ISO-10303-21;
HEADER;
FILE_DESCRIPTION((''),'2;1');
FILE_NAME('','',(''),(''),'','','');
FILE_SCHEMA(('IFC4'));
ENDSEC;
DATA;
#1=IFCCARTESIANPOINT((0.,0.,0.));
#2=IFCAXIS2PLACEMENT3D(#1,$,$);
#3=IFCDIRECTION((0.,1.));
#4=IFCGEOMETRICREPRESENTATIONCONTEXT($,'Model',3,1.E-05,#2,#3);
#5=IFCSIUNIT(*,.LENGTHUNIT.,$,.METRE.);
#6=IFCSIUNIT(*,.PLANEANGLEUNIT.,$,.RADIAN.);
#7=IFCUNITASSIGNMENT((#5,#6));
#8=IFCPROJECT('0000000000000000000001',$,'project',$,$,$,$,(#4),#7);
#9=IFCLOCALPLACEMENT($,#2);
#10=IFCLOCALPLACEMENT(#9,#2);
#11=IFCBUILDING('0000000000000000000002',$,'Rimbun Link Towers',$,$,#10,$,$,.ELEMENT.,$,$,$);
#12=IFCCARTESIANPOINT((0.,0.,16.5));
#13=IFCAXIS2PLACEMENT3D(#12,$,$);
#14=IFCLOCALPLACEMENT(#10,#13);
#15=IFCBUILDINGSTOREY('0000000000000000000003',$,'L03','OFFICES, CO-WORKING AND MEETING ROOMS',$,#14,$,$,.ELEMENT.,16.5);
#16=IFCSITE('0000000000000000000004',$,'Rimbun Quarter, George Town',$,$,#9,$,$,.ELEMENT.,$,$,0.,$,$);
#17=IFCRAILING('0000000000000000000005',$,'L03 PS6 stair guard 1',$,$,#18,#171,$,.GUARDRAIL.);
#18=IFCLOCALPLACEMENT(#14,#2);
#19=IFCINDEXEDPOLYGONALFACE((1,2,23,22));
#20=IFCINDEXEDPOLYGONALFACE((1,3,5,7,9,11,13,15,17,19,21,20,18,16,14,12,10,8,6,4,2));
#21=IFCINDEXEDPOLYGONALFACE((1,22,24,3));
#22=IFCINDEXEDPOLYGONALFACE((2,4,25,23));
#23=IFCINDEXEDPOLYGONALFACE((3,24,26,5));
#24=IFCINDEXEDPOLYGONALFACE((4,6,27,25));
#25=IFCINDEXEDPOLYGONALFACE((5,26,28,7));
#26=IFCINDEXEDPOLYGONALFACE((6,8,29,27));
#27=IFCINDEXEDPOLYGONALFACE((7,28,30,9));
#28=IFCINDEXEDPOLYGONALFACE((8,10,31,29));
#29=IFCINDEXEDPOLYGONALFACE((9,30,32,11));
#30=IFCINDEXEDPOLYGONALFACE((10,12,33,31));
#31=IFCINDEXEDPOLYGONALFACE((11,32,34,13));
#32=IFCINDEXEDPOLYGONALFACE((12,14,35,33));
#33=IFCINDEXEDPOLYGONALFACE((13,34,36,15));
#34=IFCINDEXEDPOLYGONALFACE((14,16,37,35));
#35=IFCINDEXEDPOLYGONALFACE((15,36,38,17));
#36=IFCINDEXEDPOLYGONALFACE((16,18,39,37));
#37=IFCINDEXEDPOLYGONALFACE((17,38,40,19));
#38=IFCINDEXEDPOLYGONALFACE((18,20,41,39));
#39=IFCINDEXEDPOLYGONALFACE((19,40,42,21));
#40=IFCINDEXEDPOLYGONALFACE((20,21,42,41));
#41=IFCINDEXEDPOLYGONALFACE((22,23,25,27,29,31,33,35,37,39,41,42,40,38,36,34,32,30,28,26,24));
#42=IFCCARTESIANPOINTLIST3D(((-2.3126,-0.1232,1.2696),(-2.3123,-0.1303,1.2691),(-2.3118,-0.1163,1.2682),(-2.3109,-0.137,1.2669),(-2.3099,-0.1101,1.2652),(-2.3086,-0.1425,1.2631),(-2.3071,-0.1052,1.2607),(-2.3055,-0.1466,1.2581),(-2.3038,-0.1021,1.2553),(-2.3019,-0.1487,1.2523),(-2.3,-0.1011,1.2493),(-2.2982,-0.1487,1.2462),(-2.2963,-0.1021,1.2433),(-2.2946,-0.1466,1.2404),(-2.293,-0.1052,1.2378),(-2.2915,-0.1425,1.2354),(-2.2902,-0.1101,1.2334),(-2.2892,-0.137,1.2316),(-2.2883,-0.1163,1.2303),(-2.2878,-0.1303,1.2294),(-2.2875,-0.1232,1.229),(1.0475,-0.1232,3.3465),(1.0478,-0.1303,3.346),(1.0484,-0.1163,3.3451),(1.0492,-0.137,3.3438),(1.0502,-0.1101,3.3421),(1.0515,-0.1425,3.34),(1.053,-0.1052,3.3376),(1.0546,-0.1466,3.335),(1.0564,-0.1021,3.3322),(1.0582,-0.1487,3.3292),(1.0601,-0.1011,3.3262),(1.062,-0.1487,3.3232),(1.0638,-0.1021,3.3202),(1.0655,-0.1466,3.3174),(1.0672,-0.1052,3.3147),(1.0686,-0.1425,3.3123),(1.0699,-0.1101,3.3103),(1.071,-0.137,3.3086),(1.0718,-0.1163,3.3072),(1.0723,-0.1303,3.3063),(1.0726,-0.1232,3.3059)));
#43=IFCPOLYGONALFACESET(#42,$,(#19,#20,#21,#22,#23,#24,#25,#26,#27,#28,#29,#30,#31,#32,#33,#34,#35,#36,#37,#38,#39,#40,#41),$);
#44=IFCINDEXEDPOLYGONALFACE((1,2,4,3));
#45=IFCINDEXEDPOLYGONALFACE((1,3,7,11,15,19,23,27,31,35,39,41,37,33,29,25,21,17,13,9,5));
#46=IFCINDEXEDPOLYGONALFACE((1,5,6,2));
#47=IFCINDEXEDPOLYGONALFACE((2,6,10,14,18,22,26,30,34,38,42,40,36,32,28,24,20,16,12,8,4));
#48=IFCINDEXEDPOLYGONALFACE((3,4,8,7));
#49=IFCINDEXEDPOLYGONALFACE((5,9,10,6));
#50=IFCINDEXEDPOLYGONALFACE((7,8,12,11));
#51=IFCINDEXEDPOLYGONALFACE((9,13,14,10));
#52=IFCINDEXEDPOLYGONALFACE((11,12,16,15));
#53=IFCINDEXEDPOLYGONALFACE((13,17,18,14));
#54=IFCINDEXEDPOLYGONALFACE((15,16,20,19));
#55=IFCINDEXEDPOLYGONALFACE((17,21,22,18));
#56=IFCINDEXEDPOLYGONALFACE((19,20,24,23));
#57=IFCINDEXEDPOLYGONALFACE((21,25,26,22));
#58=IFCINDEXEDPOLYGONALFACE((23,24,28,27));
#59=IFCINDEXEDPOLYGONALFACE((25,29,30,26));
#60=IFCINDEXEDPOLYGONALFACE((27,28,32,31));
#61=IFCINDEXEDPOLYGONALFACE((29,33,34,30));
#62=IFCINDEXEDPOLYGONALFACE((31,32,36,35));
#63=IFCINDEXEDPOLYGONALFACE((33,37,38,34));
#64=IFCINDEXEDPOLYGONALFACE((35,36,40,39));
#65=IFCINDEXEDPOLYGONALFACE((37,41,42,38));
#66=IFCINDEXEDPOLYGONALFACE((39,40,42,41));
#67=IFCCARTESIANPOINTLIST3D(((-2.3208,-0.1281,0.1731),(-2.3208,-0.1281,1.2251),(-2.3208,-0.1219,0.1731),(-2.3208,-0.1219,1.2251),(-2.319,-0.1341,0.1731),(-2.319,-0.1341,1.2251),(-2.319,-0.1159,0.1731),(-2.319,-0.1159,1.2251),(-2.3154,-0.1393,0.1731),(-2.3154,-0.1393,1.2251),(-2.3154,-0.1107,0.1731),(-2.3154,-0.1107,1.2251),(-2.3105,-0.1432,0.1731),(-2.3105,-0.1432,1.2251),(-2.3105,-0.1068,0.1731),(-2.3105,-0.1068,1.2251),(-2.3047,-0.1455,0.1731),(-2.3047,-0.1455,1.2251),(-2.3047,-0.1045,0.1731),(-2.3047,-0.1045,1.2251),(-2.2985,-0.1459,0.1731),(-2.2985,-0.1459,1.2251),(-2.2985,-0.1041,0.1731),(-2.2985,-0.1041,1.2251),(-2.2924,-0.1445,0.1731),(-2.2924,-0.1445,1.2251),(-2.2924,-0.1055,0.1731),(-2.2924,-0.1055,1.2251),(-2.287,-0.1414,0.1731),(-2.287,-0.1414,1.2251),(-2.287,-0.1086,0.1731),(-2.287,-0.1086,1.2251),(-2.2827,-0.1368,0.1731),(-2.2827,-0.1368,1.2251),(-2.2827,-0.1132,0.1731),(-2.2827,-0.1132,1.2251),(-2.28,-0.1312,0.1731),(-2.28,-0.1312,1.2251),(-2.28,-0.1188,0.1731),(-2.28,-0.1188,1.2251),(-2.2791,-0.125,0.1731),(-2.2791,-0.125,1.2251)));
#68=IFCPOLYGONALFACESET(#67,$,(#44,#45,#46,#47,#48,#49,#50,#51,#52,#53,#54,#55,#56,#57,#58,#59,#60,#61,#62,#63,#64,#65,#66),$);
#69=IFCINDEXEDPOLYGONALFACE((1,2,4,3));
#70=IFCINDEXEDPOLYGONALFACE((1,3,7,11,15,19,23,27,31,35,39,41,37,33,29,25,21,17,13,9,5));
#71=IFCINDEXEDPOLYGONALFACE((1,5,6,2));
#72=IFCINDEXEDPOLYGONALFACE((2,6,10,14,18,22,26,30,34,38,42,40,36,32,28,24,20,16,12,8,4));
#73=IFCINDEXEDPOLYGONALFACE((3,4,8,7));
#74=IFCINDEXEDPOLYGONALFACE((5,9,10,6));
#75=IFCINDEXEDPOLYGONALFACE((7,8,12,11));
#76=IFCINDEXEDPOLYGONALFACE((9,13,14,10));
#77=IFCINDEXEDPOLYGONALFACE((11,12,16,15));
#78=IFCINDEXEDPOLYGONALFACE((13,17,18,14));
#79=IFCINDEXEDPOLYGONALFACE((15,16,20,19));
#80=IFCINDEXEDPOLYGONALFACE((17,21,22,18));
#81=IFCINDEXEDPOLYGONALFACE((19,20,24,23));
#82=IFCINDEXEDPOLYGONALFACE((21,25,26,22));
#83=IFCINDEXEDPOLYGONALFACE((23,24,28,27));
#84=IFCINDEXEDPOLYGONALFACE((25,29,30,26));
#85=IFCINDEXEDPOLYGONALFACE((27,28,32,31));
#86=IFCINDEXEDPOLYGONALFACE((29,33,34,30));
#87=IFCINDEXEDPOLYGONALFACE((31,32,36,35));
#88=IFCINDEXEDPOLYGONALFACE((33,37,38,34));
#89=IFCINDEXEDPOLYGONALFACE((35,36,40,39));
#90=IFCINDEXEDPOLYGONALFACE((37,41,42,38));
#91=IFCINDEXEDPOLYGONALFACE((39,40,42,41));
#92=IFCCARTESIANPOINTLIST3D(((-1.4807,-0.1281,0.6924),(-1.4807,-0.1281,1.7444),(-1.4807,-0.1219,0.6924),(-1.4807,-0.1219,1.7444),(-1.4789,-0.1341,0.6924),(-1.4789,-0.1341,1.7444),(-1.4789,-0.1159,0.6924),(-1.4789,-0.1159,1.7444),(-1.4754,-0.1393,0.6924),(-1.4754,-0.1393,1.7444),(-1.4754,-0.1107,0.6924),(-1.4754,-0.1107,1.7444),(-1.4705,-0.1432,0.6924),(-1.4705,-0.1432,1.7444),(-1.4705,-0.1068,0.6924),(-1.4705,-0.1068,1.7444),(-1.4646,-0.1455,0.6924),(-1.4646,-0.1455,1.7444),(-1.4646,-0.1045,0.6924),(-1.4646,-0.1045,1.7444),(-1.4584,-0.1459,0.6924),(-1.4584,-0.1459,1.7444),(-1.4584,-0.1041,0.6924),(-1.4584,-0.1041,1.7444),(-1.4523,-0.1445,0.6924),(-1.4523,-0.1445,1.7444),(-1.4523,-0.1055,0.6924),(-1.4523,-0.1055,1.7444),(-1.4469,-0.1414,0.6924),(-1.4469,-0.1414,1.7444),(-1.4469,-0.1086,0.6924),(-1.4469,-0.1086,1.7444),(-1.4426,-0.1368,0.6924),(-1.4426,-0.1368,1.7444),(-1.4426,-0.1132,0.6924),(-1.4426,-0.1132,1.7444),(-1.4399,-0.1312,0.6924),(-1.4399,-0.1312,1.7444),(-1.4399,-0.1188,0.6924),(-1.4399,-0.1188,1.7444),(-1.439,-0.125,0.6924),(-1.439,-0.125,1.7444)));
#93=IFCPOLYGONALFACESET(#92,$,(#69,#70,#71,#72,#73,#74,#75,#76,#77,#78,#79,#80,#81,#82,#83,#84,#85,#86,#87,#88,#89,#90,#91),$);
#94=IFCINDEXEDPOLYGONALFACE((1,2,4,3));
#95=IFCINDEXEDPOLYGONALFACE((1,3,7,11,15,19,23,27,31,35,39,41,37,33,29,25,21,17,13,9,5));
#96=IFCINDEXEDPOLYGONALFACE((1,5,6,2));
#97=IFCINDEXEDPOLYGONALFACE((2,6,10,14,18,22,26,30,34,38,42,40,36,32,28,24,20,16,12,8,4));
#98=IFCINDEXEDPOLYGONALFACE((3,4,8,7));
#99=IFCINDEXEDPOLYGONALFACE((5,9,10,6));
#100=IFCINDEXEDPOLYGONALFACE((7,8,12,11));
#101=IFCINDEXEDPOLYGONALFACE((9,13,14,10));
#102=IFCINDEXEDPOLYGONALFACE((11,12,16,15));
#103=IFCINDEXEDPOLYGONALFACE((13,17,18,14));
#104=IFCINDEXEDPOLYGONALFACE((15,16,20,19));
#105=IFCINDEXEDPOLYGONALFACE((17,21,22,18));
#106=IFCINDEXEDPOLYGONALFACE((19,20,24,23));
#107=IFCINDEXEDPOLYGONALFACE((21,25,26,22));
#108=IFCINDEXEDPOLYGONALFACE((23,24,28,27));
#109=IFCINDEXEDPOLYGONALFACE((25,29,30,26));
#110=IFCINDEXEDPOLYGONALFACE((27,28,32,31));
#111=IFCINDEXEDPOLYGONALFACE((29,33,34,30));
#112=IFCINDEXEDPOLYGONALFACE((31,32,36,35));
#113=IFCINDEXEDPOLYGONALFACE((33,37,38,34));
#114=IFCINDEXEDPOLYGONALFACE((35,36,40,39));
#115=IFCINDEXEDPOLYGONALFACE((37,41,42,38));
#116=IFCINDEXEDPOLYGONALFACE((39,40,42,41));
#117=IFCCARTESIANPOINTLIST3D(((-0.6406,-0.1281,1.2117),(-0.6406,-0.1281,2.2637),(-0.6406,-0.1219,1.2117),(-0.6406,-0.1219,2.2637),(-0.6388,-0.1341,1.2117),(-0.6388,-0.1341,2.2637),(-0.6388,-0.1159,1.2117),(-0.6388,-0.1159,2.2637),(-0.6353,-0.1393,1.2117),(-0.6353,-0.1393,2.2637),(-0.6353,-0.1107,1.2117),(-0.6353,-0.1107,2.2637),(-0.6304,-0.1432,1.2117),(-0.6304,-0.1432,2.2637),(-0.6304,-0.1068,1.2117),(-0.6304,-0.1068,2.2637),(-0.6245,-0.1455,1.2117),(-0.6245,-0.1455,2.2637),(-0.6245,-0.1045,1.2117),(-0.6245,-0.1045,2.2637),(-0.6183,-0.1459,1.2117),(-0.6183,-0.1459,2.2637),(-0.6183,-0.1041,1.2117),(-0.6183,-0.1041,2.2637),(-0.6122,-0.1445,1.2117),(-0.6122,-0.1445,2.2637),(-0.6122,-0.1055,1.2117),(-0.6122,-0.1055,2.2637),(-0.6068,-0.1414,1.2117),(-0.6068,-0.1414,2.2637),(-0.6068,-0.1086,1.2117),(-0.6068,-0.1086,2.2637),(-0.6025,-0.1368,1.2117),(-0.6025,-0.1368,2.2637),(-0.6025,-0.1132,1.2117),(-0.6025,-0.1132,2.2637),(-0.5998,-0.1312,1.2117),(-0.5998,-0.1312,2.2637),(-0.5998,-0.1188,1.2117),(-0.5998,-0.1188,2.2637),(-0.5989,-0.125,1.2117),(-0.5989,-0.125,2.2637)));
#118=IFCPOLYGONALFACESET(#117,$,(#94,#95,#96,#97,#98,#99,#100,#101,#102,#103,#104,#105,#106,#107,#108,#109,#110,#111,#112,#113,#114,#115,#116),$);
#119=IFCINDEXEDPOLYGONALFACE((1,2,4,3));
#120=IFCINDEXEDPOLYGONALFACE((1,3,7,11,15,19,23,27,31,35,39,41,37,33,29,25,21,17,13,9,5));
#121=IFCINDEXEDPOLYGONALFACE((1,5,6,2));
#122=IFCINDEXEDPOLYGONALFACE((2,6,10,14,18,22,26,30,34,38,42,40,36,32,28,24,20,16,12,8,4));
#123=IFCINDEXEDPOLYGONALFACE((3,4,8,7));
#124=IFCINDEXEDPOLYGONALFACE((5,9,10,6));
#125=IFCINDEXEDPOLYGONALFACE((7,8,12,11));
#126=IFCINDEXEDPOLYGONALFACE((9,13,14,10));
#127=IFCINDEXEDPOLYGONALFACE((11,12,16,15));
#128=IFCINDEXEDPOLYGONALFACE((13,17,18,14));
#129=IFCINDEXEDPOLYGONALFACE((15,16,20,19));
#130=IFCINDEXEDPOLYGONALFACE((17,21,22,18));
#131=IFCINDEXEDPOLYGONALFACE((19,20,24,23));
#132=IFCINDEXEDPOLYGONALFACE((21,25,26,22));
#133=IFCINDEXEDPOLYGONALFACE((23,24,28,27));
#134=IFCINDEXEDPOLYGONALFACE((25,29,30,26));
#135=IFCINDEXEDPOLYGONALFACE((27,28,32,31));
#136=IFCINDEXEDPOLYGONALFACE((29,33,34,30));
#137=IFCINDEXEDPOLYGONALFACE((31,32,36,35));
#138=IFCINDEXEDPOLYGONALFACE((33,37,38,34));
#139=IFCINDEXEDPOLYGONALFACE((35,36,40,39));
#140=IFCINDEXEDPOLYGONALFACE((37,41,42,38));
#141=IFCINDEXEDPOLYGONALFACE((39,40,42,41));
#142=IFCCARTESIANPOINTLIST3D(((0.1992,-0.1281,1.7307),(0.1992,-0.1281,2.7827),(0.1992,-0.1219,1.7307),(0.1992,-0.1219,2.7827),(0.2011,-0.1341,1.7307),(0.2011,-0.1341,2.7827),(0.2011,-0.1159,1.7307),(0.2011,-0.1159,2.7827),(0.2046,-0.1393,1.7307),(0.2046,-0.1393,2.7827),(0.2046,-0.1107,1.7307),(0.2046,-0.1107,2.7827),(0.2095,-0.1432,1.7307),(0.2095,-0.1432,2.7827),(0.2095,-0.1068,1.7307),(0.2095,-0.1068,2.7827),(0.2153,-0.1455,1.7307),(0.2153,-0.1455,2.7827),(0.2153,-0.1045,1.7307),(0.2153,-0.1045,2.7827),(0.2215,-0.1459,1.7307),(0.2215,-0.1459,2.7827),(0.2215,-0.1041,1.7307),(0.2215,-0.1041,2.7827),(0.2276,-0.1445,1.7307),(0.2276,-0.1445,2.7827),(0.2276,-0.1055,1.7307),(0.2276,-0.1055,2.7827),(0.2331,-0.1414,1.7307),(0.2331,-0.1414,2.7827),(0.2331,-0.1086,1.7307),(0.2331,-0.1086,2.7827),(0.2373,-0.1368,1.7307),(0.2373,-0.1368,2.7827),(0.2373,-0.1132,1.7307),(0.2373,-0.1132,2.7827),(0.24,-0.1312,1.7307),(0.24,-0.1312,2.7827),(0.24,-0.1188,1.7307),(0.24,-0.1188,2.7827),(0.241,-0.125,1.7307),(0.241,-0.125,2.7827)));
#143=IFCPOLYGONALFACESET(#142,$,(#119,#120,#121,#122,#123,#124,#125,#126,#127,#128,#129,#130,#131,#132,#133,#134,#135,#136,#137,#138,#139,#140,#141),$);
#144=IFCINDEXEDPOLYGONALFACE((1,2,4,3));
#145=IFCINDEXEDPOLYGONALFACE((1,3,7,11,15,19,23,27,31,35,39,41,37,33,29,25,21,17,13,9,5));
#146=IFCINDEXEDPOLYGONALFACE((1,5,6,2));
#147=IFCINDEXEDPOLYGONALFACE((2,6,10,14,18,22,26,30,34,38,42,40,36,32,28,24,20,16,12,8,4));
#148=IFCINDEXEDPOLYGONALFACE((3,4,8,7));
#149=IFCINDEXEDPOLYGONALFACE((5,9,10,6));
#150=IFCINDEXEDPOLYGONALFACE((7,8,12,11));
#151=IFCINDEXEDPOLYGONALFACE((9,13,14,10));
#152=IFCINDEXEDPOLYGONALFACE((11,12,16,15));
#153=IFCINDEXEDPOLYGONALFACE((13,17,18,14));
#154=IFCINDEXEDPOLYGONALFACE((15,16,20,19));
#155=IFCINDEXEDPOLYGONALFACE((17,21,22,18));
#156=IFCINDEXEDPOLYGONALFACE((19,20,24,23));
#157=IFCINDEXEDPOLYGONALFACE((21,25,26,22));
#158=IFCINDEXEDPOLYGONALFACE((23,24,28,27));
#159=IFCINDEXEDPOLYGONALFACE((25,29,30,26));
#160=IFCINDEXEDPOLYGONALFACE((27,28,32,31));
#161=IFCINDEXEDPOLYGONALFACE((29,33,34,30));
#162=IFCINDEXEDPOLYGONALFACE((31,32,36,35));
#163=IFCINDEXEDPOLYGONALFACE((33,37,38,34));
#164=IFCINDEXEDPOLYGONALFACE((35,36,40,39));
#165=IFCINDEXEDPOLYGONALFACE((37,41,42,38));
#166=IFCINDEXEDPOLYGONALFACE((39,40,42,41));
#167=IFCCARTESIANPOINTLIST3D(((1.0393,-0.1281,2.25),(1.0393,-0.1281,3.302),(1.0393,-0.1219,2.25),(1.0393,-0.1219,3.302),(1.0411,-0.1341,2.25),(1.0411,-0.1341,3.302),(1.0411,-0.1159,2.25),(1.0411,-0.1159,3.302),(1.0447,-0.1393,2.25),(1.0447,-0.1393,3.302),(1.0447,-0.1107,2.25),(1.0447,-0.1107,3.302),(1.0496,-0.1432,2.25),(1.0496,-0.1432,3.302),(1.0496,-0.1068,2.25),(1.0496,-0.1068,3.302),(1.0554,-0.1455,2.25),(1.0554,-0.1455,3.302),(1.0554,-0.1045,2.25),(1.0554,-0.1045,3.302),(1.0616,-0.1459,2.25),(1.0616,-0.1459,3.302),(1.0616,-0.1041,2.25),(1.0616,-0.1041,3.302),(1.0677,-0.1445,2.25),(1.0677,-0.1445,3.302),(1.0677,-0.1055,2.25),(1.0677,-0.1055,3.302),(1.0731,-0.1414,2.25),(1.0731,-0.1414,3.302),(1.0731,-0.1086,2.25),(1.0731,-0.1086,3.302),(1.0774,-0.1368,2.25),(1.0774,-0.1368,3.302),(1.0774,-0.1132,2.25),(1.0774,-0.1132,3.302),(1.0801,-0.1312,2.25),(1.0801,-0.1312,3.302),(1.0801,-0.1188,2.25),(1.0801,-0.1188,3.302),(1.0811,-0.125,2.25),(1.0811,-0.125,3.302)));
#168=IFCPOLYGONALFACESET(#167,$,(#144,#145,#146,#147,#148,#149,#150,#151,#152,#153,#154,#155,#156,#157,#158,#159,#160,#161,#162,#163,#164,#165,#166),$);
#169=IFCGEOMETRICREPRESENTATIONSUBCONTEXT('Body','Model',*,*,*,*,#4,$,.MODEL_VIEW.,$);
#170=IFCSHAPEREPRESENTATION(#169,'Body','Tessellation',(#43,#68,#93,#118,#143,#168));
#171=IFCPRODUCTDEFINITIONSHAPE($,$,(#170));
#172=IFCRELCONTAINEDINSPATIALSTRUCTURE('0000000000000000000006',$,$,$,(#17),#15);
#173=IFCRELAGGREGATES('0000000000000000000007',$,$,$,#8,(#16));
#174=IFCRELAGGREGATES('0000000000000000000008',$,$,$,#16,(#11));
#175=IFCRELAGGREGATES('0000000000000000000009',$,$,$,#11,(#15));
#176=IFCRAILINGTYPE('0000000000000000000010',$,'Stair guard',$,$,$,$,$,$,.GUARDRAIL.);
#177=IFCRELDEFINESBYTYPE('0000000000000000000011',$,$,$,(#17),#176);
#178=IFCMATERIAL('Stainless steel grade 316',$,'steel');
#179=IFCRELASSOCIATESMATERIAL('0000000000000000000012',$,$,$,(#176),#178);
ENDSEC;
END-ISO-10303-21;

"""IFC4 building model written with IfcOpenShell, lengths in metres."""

from ifc_helpers import new_model, si_unit, direction, frame, origin, origin_2d, place, context, subcontext, project, spatial, circle, extrude, material, type_object, element, save


model = new_model("IFC4")

# Units and contexts
model_context = context("Model", 3, precision=1e-05, world=origin(), true_north=direction((0.0, 1.0)))
body_context = subcontext(model_context, "Body", "Model", "MODEL_VIEW")
ifc_project = project(units=[si_unit("LENGTHUNIT", "METRE"), si_unit("PLANEANGLEUNIT", "RADIAN")], contexts=[model_context])

# Site, building, storey
site_placement = place(None, origin())
site = spatial("IfcSite", under=ifc_project, at=site_placement, Name="Rimbun Quarter, George Town", CompositionType="ELEMENT", RefElevation=0.0)
building_placement = place(site_placement, origin())
building = spatial("IfcBuilding", under=site, at=building_placement, Name="Rimbun Link Towers", CompositionType="ELEMENT")
storey_placement = place(building_placement, frame((0.0, 0.0, 16.5)))
storey = spatial("IfcBuildingStorey", under=building, at=storey_placement, Name="L03", Description="OFFICES, CO-WORKING AND MEETING ROOMS", CompositionType="ELEMENT", Elevation=16.5)

# Railing
ifc_material_1 = material(Name="Stainless steel grade 316", Category="steel")
railing_type_1 = type_object("IfcRailingType", Name="Stair guard", PredefinedType="GUARDRAIL", material=ifc_material_1)
railing_1_placement = place(storey_placement, frame((-2.3, -0.125, 0.1731)))
element("IfcRailing", 1, at=railing_1_placement, inside=storey, type_object=railing_type_1, Name="L03 PS6 stair guard 1", PredefinedType="GUARDRAIL", context=body_context, shape_type="SweptSolid", body=[
    extrude(circle(Radius=0.0239, at=origin_2d()), frame((0.0, 0.0, 1.0762), z_axis=(0.850623, 0.0, 0.525776), x_axis=(0.0, 1.0, 0.0)), (0.0, 0.0, 1.0), 3.9502),
    extrude(circle(Radius=0.021, at=origin_2d()), origin(), (0.0, 0.0, 1.0), 1.052),
    extrude(circle(Radius=0.021, at=origin_2d()), frame((0.8401, 0.0, 0.5193)), (0.0, 0.0, 1.0), 1.052),
    extrude(circle(Radius=0.021, at=origin_2d()), frame((1.6802, 0.0, 1.0386)), (0.0, 0.0, 1.0), 1.052),
    extrude(circle(Radius=0.021, at=origin_2d()), frame((2.52, 0.0, 1.5576)), (0.0, 0.0, 1.0), 1.052),
    extrude(circle(Radius=0.021, at=origin_2d()), frame((3.3601, 0.0, 2.0769)), (0.0, 0.0, 1.0), 1.052),
])

save(model, "model.ifc")
